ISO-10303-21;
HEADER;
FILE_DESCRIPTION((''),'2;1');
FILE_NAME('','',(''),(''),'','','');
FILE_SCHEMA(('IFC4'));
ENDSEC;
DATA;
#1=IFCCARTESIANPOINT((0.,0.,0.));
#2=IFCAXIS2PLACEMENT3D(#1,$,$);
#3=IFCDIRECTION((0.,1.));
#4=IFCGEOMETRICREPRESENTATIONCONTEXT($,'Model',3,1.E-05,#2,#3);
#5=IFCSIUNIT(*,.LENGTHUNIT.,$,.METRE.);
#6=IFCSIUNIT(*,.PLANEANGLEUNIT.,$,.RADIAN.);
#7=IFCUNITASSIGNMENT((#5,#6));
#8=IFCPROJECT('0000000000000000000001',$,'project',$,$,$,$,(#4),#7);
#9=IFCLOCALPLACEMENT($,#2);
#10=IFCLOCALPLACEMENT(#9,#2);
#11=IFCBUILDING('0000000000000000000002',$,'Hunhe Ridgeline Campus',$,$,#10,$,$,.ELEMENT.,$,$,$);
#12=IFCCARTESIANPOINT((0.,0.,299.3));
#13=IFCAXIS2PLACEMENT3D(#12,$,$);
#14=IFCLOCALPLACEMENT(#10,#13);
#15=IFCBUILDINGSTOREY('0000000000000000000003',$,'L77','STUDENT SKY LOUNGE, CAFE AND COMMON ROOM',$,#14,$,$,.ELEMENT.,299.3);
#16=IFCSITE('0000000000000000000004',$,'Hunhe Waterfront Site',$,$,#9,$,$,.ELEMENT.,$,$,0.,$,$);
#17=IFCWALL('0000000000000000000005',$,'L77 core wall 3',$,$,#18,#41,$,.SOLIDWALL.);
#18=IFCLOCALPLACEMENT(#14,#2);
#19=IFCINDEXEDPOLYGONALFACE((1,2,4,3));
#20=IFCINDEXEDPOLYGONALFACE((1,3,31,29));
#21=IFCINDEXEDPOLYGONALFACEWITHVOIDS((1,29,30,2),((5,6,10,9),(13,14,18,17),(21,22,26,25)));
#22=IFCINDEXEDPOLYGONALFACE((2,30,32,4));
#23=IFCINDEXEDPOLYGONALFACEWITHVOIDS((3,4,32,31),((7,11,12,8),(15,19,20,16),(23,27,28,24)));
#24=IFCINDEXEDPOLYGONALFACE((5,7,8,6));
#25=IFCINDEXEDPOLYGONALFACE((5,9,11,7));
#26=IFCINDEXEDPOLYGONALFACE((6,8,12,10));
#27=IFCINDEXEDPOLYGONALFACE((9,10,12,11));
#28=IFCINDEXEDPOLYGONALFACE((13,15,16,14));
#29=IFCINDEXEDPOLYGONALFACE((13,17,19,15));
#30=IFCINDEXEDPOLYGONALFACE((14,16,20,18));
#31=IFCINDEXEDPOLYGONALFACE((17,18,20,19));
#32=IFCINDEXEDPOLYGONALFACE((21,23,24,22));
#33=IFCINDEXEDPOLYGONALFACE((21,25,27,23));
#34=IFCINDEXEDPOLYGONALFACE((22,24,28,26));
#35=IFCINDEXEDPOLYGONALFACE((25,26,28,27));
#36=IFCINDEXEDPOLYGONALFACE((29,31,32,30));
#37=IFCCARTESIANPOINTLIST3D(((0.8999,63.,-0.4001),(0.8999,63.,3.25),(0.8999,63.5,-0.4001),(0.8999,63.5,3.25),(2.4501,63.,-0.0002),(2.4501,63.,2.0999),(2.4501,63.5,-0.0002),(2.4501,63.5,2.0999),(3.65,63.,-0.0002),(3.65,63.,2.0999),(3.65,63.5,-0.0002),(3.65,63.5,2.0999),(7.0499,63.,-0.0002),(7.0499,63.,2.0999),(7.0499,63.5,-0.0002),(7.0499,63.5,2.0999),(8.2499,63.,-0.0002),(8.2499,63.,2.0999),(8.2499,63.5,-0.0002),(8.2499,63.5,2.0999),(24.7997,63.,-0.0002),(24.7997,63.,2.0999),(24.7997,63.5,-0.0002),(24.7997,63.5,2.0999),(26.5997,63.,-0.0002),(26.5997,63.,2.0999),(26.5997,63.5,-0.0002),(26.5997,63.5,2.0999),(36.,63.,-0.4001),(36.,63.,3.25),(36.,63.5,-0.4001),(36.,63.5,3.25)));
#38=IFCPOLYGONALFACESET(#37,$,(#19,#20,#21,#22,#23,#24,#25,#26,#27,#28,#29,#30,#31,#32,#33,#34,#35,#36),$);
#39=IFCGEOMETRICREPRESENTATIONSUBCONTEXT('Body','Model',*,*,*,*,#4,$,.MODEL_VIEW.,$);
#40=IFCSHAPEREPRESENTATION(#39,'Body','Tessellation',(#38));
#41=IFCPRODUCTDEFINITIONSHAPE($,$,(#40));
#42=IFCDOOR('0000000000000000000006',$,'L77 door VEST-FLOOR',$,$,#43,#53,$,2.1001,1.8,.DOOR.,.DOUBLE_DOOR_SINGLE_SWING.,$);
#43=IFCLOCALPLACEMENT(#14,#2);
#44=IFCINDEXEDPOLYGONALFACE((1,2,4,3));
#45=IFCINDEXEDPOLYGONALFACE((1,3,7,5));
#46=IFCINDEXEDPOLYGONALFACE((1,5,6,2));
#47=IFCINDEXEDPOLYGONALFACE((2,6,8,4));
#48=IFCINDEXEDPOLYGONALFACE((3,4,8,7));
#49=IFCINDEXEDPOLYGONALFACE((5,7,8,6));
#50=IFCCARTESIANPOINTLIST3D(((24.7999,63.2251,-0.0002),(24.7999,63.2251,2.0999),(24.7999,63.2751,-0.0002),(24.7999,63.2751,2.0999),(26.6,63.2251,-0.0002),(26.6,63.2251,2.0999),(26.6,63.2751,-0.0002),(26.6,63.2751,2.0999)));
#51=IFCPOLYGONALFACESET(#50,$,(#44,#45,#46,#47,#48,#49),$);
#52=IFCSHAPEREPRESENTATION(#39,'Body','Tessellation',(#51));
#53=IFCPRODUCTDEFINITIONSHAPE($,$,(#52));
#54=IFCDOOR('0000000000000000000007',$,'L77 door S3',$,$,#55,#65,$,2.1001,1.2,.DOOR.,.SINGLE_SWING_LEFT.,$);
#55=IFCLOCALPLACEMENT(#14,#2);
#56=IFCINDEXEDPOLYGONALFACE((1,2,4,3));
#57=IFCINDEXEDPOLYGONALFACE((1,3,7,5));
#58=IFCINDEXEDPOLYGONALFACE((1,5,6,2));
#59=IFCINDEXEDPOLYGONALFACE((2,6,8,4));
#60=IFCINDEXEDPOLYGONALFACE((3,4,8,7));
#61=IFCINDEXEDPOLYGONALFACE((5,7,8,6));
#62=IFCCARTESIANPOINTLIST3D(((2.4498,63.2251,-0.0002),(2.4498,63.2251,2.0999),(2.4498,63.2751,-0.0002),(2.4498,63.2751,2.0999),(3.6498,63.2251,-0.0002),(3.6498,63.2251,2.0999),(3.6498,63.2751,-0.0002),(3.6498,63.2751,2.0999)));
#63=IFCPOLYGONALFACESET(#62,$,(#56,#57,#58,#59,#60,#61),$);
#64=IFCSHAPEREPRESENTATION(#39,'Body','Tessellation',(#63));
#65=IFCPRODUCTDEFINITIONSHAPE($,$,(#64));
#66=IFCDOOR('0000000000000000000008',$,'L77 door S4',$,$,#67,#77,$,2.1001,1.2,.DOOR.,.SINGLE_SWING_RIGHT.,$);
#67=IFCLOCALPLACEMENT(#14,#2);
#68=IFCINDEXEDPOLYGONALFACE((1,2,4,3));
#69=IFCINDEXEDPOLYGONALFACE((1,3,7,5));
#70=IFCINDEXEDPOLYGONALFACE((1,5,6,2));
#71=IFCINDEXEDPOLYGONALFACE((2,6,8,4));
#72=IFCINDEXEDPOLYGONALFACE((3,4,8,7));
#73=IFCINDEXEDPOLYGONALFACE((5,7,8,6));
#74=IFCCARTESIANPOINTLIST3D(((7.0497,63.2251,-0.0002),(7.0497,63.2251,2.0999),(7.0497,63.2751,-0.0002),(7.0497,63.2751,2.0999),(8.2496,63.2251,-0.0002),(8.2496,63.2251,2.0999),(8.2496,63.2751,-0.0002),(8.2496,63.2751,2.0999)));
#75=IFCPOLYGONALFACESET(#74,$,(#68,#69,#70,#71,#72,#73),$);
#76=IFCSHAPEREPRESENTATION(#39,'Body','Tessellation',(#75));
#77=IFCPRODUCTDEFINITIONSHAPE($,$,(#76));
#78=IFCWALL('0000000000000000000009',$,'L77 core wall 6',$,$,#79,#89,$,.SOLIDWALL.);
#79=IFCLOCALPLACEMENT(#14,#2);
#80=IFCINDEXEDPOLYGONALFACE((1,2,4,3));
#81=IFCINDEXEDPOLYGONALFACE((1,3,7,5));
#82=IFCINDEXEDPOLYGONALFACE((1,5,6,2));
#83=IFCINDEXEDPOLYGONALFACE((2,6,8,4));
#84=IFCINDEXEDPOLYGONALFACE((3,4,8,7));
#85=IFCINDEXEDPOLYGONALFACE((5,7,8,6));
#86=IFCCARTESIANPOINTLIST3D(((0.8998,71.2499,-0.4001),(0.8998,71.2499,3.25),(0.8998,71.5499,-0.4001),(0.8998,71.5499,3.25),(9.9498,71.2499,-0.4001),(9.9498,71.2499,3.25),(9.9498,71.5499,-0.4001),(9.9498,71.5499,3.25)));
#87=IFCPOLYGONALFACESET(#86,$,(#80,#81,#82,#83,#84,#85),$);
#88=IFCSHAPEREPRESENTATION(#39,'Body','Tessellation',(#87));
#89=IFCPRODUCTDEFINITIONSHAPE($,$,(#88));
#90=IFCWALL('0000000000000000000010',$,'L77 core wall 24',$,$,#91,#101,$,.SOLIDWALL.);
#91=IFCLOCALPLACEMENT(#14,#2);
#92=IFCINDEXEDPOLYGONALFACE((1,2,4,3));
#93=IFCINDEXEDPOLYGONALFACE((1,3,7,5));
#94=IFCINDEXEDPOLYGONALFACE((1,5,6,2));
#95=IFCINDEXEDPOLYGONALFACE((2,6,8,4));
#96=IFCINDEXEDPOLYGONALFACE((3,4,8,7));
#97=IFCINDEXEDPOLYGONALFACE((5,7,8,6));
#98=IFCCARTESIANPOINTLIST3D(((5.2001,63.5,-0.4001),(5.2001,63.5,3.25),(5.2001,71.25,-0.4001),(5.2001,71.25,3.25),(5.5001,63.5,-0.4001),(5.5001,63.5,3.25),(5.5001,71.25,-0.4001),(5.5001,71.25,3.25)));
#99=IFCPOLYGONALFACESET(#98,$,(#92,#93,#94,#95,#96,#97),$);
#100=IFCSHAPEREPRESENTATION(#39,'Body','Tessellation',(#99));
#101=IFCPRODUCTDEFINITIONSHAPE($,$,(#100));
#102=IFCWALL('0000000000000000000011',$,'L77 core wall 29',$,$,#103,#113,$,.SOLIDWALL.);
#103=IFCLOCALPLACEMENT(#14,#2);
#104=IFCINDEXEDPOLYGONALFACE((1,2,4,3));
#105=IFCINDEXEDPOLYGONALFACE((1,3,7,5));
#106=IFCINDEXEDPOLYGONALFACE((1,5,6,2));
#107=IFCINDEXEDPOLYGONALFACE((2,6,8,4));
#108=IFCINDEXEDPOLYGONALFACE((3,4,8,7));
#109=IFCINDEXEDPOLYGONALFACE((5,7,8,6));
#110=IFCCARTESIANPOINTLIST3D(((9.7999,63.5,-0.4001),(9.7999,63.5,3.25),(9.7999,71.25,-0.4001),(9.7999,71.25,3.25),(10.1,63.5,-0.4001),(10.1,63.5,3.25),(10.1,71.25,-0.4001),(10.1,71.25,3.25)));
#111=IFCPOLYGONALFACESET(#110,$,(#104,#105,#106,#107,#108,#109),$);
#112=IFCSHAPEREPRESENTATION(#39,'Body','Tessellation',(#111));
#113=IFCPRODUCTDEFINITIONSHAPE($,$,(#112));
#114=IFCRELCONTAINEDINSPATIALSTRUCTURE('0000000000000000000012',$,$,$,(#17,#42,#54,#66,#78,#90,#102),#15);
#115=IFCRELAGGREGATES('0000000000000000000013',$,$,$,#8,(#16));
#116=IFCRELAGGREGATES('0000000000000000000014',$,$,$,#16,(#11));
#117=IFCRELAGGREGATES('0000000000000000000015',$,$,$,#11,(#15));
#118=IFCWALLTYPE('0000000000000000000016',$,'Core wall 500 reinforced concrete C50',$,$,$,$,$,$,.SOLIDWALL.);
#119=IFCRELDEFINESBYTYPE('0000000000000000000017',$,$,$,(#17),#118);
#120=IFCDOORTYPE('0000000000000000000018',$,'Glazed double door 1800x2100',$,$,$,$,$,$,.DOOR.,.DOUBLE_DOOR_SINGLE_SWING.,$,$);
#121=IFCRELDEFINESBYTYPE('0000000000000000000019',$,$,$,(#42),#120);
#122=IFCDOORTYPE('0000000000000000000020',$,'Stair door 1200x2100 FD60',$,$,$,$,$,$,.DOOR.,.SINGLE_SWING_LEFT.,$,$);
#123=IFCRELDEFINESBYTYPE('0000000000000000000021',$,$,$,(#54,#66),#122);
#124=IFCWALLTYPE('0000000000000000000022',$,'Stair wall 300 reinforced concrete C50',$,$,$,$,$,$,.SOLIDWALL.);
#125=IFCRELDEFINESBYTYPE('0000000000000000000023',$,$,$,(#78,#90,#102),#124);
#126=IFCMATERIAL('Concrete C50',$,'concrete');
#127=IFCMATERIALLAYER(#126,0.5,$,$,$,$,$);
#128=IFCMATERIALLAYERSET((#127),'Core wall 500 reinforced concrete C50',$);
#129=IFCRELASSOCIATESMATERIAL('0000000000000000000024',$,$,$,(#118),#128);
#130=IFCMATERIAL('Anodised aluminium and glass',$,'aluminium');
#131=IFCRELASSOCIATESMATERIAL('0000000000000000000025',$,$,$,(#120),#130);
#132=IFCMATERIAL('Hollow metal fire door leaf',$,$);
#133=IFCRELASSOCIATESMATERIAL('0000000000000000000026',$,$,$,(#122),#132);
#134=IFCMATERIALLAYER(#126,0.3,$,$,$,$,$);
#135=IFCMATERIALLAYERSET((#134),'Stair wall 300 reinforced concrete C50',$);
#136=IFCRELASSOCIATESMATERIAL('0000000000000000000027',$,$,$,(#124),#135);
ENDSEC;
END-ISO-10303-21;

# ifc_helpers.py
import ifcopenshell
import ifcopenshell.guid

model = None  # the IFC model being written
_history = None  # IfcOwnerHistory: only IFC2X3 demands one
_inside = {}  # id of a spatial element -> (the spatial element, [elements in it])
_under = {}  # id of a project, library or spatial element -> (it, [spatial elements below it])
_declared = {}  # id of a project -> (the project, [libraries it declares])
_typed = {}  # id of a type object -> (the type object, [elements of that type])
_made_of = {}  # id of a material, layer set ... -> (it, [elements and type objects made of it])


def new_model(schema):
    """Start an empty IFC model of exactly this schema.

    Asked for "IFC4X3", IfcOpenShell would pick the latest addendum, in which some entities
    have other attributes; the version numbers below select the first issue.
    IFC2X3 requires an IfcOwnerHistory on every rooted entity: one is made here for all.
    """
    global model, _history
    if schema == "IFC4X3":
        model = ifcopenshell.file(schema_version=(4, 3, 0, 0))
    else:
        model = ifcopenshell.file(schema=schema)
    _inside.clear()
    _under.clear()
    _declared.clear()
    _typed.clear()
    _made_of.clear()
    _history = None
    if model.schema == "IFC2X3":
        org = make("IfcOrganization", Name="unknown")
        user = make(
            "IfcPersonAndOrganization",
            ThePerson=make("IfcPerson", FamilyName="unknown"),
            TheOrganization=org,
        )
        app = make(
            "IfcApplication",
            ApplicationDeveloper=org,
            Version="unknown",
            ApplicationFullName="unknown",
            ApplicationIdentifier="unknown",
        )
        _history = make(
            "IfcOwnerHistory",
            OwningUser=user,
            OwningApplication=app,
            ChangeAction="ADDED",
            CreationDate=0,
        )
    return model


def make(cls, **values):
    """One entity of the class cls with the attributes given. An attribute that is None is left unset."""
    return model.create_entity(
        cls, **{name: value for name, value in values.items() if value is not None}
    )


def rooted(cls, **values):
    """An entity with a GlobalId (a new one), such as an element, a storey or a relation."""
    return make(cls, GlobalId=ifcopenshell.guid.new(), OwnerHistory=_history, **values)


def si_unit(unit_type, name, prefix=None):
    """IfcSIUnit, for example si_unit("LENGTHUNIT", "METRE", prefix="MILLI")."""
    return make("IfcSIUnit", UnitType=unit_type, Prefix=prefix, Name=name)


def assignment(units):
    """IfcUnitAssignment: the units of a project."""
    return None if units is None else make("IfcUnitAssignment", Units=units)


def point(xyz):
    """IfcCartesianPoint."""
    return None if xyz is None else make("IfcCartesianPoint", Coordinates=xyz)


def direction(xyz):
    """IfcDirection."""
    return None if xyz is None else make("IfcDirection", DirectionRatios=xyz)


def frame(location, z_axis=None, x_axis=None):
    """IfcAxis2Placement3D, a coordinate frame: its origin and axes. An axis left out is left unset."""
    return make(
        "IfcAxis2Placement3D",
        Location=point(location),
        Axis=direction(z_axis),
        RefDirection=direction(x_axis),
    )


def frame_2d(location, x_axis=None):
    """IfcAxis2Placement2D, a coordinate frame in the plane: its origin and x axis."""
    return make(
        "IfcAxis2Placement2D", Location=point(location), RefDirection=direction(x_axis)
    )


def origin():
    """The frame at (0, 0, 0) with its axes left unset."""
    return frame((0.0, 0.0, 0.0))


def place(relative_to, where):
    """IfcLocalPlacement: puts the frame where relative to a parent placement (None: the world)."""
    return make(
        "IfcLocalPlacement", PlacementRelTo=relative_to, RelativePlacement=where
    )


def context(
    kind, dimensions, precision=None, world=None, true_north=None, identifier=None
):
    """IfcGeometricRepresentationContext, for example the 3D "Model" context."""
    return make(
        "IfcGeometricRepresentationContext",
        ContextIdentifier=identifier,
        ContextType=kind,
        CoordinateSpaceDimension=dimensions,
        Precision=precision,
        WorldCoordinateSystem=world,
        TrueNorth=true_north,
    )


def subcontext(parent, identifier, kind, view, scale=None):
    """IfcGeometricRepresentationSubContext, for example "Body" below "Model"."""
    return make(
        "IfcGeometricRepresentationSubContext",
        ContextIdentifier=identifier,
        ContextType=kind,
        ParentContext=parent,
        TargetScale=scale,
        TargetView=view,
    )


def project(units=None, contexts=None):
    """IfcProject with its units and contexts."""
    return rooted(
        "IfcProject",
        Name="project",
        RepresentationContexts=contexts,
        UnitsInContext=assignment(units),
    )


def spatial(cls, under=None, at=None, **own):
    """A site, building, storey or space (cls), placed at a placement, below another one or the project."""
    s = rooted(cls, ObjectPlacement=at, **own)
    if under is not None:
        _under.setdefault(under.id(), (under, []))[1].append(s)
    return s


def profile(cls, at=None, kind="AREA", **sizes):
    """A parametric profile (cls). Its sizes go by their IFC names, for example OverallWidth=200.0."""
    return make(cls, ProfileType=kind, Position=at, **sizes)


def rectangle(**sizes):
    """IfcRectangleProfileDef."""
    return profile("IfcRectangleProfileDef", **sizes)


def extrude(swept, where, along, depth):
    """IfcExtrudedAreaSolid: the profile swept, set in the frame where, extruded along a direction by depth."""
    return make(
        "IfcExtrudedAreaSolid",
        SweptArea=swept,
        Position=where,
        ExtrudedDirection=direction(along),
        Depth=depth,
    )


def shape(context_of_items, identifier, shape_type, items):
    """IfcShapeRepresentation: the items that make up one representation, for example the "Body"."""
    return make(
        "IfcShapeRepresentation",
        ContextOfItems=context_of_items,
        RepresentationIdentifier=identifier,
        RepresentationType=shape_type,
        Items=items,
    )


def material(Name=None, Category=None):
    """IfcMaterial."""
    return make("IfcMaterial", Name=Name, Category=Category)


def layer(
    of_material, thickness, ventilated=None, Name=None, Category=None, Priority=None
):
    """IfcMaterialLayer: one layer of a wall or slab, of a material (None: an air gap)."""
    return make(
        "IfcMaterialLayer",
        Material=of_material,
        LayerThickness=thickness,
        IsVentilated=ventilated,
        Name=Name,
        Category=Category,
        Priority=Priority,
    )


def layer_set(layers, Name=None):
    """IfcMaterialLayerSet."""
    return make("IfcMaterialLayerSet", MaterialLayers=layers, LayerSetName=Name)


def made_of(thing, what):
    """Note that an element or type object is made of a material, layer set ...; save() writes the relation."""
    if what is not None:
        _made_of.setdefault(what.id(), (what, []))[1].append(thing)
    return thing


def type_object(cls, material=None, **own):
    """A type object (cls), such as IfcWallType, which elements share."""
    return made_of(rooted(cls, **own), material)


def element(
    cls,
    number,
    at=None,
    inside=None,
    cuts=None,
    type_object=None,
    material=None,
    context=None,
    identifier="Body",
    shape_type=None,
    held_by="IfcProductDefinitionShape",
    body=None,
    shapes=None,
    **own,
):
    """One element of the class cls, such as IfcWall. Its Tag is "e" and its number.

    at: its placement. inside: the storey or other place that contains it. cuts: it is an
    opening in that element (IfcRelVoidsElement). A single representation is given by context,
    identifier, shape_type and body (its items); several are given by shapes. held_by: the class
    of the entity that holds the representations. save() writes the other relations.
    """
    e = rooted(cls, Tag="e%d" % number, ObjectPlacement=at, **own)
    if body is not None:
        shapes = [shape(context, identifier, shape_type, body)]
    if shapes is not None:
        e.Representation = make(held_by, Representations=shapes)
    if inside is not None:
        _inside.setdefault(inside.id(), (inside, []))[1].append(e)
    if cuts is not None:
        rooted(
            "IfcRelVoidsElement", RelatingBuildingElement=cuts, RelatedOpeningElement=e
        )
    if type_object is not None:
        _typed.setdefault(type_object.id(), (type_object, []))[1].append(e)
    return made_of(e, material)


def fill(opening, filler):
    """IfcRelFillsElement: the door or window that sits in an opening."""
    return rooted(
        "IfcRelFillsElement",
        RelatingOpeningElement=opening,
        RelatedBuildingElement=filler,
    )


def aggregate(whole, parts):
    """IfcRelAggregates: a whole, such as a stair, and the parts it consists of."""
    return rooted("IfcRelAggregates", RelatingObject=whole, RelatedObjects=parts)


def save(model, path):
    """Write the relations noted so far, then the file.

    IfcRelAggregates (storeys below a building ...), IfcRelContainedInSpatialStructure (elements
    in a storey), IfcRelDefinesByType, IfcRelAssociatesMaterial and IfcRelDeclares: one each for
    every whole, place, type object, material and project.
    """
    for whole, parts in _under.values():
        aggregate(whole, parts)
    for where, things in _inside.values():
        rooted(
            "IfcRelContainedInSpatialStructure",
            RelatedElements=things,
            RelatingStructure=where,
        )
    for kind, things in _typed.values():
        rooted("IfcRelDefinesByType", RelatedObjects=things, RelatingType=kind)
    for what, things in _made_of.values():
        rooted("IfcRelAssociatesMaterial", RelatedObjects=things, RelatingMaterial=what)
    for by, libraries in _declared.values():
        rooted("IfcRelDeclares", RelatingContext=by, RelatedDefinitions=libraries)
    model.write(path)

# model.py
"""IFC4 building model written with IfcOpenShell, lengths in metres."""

from ifc_helpers import new_model, si_unit, direction, frame, frame_2d, origin, place, context, subcontext, project, spatial, rectangle, extrude, material, layer, layer_set, type_object, element, fill, save


model = new_model("IFC4")

# Units and contexts
model_context = context("Model", 3, precision=1e-05, world=origin(), true_north=direction((0.0, 1.0)))
body_context = subcontext(model_context, "Body", "Model", "MODEL_VIEW")
ifc_project = project(units=[si_unit("LENGTHUNIT", "METRE"), si_unit("PLANEANGLEUNIT", "RADIAN")], contexts=[model_context])

# Site, building, storey
site_placement = place(None, origin())
site = spatial("IfcSite", under=ifc_project, at=site_placement, Name="Hunhe Waterfront Site", CompositionType="ELEMENT", RefElevation=0.0)
building_placement = place(site_placement, origin())
building = spatial("IfcBuilding", under=site, at=building_placement, Name="Hunhe Ridgeline Campus", CompositionType="ELEMENT")
storey_placement = place(building_placement, frame((0.0, 0.0, 299.3)))
storey = spatial("IfcBuildingStorey", under=building, at=storey_placement, Name="L77", Description="STUDENT SKY LOUNGE, CAFE AND COMMON ROOM", CompositionType="ELEMENT", Elevation=299.3)

# Wall, openings, doors
ifc_material_1 = material(Name="Concrete C50", Category="concrete")
ifc_layer_1 = layer(ifc_material_1, 0.5)
ifc_layer_set_1 = layer_set([ifc_layer_1], Name="Core wall 500 reinforced concrete C50")
wall_type_1 = type_object("IfcWallType", Name="Core wall 500 reinforced concrete C50", PredefinedType="SOLIDWALL", material=ifc_layer_set_1)
wall_1_placement = place(storey_placement, frame((0.8999, 63.25, -0.4001), z_axis=(0.0, 0.0, 1.0), x_axis=(1.0, 0.0, 0.0)))
wall_1 = element("IfcWall", 1, at=wall_1_placement, inside=storey, type_object=wall_type_1, Name="L77 core wall 3", PredefinedType="SOLIDWALL", context=body_context, shape_type="SweptSolid", body=[
    extrude(rectangle(XDim=35.1001, YDim=0.5, at=frame_2d((17.55, 0.0))), origin(), (0.0, 0.0, 1.0), 3.6501),
])
opening_1_placement = place(wall_1_placement, frame((23.8999, 0.0, 0.3999)))
opening_1 = element("IfcOpeningElement", 2, at=opening_1_placement, cuts=wall_1, PredefinedType="OPENING", context=body_context, shape_type="SweptSolid", body=[
    extrude(rectangle(XDim=1.8, YDim=2.1001, at=frame_2d((0.8999, 1.05))), frame((0.0, 0.25, 0.0), z_axis=(0.0, -1.0, 0.0), x_axis=(1.0, 0.0, 0.0)), (0.0, 0.0, 1.0), 0.5),
])
opening_2_placement = place(wall_1_placement, frame((1.55, 0.0, 0.3999)))
opening_2 = element("IfcOpeningElement", 3, at=opening_2_placement, cuts=wall_1, PredefinedType="OPENING", context=body_context, shape_type="SweptSolid", body=[
    extrude(rectangle(XDim=1.2, YDim=2.1001, at=frame_2d((0.6001, 1.05))), frame((0.0, 0.25, 0.0), z_axis=(0.0, -1.0, 0.0), x_axis=(1.0, 0.0, 0.0)), (0.0, 0.0, 1.0), 0.5),
])
opening_3_placement = place(wall_1_placement, frame((6.1499, 0.0, 0.3999)))
opening_3 = element("IfcOpeningElement", 4, at=opening_3_placement, cuts=wall_1, PredefinedType="OPENING", context=body_context, shape_type="SweptSolid", body=[
    extrude(rectangle(XDim=1.2, YDim=2.1001, at=frame_2d((0.6001, 1.05))), frame((0.0, 0.25, 0.0), z_axis=(0.0, -1.0, 0.0), x_axis=(1.0, 0.0, 0.0)), (0.0, 0.0, 1.0), 0.5),
])
ifc_material_2 = material(Name="Anodised aluminium and glass", Category="aluminium")
door_type_1 = type_object("IfcDoorType", Name="Glazed double door 1800x2100", OperationType="DOUBLE_DOOR_SINGLE_SWING", PredefinedType="DOOR", material=ifc_material_2)
door_1_placement = place(opening_1_placement, frame((1.8, 0.0, 0.0), z_axis=(0.0, 0.0, 1.0), x_axis=(-1.0, 0.0, 0.0)))
door_1 = element("IfcDoor", 5, at=door_1_placement, inside=storey, type_object=door_type_1, Name="L77 door VEST-FLOOR", OperationType="DOUBLE_DOOR_SINGLE_SWING", OverallHeight=2.1001, OverallWidth=1.8, PredefinedType="DOOR", context=body_context, shape_type="SweptSolid", body=[
    extrude(rectangle(XDim=1.8, YDim=2.1001, at=frame_2d((0.8999, 1.05))), frame((0.0, 0.0249, 0.0), z_axis=(0.0, -1.0, 0.0), x_axis=(1.0, 0.0, 0.0)), (0.0, 0.0, 1.0), 0.05),
])
fill(opening_1, door_1)
ifc_material_3 = material(Name="Hollow metal fire door leaf")
door_type_2 = type_object("IfcDoorType", Name="Stair door 1200x2100 FD60", OperationType="SINGLE_SWING_LEFT", PredefinedType="DOOR", material=ifc_material_3)
door_2_placement = place(opening_2_placement, frame((1.2, 0.0, 0.0), z_axis=(0.0, 0.0, 1.0), x_axis=(-1.0, 0.0, 0.0)))
door_2 = element("IfcDoor", 6, at=door_2_placement, inside=storey, type_object=door_type_2, Name="L77 door S3", OperationType="SINGLE_SWING_LEFT", OverallHeight=2.1001, OverallWidth=1.2, PredefinedType="DOOR", context=body_context, shape_type="SweptSolid", body=[
    extrude(rectangle(XDim=1.2, YDim=2.1001, at=frame_2d((0.6001, 1.05))), frame((0.0, 0.0249, 0.0), z_axis=(0.0, -1.0, 0.0), x_axis=(1.0, 0.0, 0.0)), (0.0, 0.0, 1.0), 0.05),
])
fill(opening_2, door_2)
door_3_placement = place(opening_3_placement, frame((1.2, 0.0, 0.0), z_axis=(0.0, 0.0, 1.0), x_axis=(-1.0, 0.0, 0.0)))
door_3 = element("IfcDoor", 7, at=door_3_placement, inside=storey, type_object=door_type_2, Name="L77 door S4", OperationType="SINGLE_SWING_RIGHT", OverallHeight=2.1001, OverallWidth=1.2, PredefinedType="DOOR", context=body_context, shape_type="SweptSolid", body=[
    extrude(rectangle(XDim=1.2, YDim=2.1001, at=frame_2d((0.6001, 1.05))), frame((0.0, 0.0249, 0.0), z_axis=(0.0, -1.0, 0.0), x_axis=(1.0, 0.0, 0.0)), (0.0, 0.0, 1.0), 0.05),
])
fill(opening_3, door_3)

# Shared definitions
ifc_layer_2 = layer(ifc_material_1, 0.3)
ifc_layer_set_2 = layer_set([ifc_layer_2], Name="Stair wall 300 reinforced concrete C50")
wall_type_2 = type_object("IfcWallType", Name="Stair wall 300 reinforced concrete C50", PredefinedType="SOLIDWALL", material=ifc_layer_set_2)

# Walls
wall_2_placement = place(storey_placement, frame((0.8999, 71.3999, -0.4001), z_axis=(0.0, 0.0, 1.0), x_axis=(1.0, 0.0, 0.0)))
element("IfcWall", 8, at=wall_2_placement, inside=storey, type_object=wall_type_2, Name="L77 core wall 6", PredefinedType="SOLIDWALL", context=body_context, shape_type="SweptSolid", body=[
    extrude(rectangle(XDim=9.05, YDim=0.3, at=frame_2d((4.5249, 0.0))), origin(), (0.0, 0.0, 1.0), 3.6501),
])
for number, where, z_axis, x_axis, name in (
    (9, (5.3501, 63.5, -0.4001), (0.0, 0.0, 1.0), (0.0, 1.0, 0.0), "L77 core wall 24"),
    (10, (9.95, 63.5, -0.4001), (0.0, 0.0, 1.0), (0.0, 1.0, 0.0), "L77 core wall 29"),
):
    element("IfcWall", number, at=place(storey_placement, frame(where, z_axis=z_axis, x_axis=x_axis)), inside=storey, type_object=wall_type_2, Name=name, PredefinedType="SOLIDWALL", context=body_context, shape_type="SweptSolid", body=[
        extrude(rectangle(XDim=7.75, YDim=0.3, at=frame_2d((3.875, 0.0))), origin(), (0.0, 0.0, 1.0), 3.6501),
    ])

save(model, "model.ifc")
